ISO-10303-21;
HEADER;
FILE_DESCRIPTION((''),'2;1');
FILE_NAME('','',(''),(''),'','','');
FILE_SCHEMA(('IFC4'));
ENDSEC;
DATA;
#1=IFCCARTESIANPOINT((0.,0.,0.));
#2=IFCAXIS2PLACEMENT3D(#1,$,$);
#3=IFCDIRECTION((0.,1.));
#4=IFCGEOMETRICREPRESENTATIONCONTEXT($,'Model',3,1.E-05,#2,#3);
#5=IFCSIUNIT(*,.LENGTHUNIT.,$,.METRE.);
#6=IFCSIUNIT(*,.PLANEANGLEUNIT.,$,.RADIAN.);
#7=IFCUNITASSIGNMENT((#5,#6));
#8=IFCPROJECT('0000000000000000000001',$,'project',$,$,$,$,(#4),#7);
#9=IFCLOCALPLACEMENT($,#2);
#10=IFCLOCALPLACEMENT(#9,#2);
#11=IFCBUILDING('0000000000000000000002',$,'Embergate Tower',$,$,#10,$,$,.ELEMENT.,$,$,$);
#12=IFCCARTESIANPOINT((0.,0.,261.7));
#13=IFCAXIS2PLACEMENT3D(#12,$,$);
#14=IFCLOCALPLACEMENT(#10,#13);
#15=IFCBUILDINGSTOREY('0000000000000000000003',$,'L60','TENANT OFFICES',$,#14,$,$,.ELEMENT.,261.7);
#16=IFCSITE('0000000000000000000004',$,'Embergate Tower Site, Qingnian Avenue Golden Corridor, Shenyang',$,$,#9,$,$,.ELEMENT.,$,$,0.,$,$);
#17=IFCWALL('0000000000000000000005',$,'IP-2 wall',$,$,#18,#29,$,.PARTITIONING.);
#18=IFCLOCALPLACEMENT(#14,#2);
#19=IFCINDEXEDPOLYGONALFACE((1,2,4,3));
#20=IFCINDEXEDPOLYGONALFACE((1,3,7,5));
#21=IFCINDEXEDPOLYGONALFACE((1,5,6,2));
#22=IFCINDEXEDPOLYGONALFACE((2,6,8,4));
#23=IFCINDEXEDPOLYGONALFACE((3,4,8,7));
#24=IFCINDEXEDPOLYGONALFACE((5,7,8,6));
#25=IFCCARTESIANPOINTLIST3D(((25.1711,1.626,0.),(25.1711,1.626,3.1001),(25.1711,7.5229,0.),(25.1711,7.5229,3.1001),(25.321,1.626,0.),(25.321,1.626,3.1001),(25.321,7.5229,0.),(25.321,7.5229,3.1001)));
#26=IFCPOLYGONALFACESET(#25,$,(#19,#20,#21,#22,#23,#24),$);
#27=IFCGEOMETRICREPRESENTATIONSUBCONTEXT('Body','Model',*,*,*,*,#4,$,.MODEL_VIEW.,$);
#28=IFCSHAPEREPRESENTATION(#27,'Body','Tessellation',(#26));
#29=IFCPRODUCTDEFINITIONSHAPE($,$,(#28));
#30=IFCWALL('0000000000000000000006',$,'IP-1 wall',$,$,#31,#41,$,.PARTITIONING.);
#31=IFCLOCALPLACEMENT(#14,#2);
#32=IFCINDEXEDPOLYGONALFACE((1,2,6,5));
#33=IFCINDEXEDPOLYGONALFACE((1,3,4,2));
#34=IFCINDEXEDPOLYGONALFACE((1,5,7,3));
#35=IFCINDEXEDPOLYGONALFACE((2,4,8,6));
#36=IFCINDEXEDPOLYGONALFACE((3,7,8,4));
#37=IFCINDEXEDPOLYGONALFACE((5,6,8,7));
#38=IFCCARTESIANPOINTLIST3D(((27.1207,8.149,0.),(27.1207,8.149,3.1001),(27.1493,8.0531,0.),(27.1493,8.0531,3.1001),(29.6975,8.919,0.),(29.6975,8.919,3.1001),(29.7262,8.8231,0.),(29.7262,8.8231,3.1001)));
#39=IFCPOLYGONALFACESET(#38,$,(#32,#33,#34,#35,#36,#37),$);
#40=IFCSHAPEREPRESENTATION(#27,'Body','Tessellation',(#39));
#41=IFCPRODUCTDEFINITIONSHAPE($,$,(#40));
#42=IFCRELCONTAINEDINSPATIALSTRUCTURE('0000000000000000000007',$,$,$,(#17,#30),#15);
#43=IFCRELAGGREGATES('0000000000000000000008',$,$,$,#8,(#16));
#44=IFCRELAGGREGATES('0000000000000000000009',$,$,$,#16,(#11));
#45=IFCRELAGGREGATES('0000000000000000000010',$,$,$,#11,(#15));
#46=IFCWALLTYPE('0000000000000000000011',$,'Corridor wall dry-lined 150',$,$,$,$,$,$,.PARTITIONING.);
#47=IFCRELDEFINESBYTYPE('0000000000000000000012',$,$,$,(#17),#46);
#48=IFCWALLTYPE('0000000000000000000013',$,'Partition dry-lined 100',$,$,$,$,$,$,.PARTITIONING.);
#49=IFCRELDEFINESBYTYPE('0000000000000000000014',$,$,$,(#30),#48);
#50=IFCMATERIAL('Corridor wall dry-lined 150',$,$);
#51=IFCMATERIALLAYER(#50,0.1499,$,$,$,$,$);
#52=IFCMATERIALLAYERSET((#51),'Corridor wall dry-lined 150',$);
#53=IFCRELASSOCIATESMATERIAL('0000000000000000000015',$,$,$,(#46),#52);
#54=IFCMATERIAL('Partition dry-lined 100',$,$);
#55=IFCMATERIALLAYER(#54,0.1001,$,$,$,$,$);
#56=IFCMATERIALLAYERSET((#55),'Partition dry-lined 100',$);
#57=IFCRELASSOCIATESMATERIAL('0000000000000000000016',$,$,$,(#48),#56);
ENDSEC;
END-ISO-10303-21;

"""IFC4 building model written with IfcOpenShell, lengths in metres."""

from ifc_helpers import new_model, si_unit, direction, frame, frame_2d, origin, place, context, subcontext, project, spatial, rectangle, extrude, source, transform, mapped, material, layer, layer_set, type_object, element, save


model = new_model("IFC4")

# Units and contexts
model_context = context("Model", 3, precision=1e-05, world=origin(), true_north=direction((0.0, 1.0)))
body_context = subcontext(model_context, "Body", "Model", "MODEL_VIEW")
ifc_project = project(units=[si_unit("LENGTHUNIT", "METRE"), si_unit("PLANEANGLEUNIT", "RADIAN")], contexts=[model_context])

# Site, building, storey
site_placement = place(None, origin())
site = spatial("IfcSite", under=ifc_project, at=site_placement, Name="Embergate Tower Site, Qingnian Avenue Golden Corridor, Shenyang", CompositionType="ELEMENT", RefElevation=0.0)
building_placement = place(site_placement, origin())
building = spatial("IfcBuilding", under=site, at=building_placement, Name="Embergate Tower", CompositionType="ELEMENT")
storey_placement = place(building_placement, frame((0.0, 0.0, 261.7)))
storey = spatial("IfcBuildingStorey", under=building, at=storey_placement, Name="L60", Description="TENANT OFFICES", CompositionType="ELEMENT", Elevation=261.7)

# Shared definitions
ifc_material_1 = material(Name="Corridor wall dry-lined 150")
ifc_layer_1 = layer(ifc_material_1, 0.1499)
ifc_layer_set_1 = layer_set([ifc_layer_1], Name="Corridor wall dry-lined 150")
wall_type_1 = type_object("IfcWallType", Name="Corridor wall dry-lined 150", PredefinedType="PARTITIONING", material=ifc_layer_set_1)

# Shared definitions
ifc_material_2 = material(Name="Partition dry-lined 100")
ifc_layer_2 = layer(ifc_material_2, 0.1001)
ifc_layer_set_2 = layer_set([ifc_layer_2], Name="Partition dry-lined 100")
wall_type_2 = type_object("IfcWallType", Name="Partition dry-lined 100", PredefinedType="PARTITIONING", material=ifc_layer_set_2)

# Walls
shared_shape_1 = source(origin(), body_context, "Body", "SweptSolid", [
    extrude(rectangle(XDim=5.897, YDim=0.1499, at=frame_2d((2.9485, 0.0))), origin(), (0.0, 0.0, 1.0), 3.1001),
])
wall_1_placement = place(storey_placement, frame((25.2461, 7.5229, 0.0), z_axis=(0.0, 0.0, 1.0), x_axis=(0.0, -1.0, 0.0)))
element("IfcWall", 1, at=wall_1_placement, inside=storey, type_object=wall_type_1, Name="IP-2 wall", PredefinedType="PARTITIONING", context=body_context, shape_type="MappedRepresentation", body=[
    mapped(shared_shape_1, transform((0.0, 0.0, 0.0))),
])
shared_shape_2 = source(origin(), body_context, "Body", "SweptSolid", [
    extrude(rectangle(XDim=2.6895, YDim=0.1001, at=frame_2d((1.3447, 0.0))), origin(), (0.0, 0.0, 1.0), 3.1001),
])
wall_2_placement = place(storey_placement, frame((27.135, 8.1011, 0.0), z_axis=(0.0, 0.0, 1.0), x_axis=(0.958138, 0.286307, 0.0)))
element("IfcWall", 2, at=wall_2_placement, inside=storey, type_object=wall_type_2, Name="IP-1 wall", PredefinedType="PARTITIONING", context=body_context, shape_type="MappedRepresentation", body=[
    mapped(shared_shape_2, transform((0.0, 0.0, 0.0))),
])

save(model, "model.ifc")
